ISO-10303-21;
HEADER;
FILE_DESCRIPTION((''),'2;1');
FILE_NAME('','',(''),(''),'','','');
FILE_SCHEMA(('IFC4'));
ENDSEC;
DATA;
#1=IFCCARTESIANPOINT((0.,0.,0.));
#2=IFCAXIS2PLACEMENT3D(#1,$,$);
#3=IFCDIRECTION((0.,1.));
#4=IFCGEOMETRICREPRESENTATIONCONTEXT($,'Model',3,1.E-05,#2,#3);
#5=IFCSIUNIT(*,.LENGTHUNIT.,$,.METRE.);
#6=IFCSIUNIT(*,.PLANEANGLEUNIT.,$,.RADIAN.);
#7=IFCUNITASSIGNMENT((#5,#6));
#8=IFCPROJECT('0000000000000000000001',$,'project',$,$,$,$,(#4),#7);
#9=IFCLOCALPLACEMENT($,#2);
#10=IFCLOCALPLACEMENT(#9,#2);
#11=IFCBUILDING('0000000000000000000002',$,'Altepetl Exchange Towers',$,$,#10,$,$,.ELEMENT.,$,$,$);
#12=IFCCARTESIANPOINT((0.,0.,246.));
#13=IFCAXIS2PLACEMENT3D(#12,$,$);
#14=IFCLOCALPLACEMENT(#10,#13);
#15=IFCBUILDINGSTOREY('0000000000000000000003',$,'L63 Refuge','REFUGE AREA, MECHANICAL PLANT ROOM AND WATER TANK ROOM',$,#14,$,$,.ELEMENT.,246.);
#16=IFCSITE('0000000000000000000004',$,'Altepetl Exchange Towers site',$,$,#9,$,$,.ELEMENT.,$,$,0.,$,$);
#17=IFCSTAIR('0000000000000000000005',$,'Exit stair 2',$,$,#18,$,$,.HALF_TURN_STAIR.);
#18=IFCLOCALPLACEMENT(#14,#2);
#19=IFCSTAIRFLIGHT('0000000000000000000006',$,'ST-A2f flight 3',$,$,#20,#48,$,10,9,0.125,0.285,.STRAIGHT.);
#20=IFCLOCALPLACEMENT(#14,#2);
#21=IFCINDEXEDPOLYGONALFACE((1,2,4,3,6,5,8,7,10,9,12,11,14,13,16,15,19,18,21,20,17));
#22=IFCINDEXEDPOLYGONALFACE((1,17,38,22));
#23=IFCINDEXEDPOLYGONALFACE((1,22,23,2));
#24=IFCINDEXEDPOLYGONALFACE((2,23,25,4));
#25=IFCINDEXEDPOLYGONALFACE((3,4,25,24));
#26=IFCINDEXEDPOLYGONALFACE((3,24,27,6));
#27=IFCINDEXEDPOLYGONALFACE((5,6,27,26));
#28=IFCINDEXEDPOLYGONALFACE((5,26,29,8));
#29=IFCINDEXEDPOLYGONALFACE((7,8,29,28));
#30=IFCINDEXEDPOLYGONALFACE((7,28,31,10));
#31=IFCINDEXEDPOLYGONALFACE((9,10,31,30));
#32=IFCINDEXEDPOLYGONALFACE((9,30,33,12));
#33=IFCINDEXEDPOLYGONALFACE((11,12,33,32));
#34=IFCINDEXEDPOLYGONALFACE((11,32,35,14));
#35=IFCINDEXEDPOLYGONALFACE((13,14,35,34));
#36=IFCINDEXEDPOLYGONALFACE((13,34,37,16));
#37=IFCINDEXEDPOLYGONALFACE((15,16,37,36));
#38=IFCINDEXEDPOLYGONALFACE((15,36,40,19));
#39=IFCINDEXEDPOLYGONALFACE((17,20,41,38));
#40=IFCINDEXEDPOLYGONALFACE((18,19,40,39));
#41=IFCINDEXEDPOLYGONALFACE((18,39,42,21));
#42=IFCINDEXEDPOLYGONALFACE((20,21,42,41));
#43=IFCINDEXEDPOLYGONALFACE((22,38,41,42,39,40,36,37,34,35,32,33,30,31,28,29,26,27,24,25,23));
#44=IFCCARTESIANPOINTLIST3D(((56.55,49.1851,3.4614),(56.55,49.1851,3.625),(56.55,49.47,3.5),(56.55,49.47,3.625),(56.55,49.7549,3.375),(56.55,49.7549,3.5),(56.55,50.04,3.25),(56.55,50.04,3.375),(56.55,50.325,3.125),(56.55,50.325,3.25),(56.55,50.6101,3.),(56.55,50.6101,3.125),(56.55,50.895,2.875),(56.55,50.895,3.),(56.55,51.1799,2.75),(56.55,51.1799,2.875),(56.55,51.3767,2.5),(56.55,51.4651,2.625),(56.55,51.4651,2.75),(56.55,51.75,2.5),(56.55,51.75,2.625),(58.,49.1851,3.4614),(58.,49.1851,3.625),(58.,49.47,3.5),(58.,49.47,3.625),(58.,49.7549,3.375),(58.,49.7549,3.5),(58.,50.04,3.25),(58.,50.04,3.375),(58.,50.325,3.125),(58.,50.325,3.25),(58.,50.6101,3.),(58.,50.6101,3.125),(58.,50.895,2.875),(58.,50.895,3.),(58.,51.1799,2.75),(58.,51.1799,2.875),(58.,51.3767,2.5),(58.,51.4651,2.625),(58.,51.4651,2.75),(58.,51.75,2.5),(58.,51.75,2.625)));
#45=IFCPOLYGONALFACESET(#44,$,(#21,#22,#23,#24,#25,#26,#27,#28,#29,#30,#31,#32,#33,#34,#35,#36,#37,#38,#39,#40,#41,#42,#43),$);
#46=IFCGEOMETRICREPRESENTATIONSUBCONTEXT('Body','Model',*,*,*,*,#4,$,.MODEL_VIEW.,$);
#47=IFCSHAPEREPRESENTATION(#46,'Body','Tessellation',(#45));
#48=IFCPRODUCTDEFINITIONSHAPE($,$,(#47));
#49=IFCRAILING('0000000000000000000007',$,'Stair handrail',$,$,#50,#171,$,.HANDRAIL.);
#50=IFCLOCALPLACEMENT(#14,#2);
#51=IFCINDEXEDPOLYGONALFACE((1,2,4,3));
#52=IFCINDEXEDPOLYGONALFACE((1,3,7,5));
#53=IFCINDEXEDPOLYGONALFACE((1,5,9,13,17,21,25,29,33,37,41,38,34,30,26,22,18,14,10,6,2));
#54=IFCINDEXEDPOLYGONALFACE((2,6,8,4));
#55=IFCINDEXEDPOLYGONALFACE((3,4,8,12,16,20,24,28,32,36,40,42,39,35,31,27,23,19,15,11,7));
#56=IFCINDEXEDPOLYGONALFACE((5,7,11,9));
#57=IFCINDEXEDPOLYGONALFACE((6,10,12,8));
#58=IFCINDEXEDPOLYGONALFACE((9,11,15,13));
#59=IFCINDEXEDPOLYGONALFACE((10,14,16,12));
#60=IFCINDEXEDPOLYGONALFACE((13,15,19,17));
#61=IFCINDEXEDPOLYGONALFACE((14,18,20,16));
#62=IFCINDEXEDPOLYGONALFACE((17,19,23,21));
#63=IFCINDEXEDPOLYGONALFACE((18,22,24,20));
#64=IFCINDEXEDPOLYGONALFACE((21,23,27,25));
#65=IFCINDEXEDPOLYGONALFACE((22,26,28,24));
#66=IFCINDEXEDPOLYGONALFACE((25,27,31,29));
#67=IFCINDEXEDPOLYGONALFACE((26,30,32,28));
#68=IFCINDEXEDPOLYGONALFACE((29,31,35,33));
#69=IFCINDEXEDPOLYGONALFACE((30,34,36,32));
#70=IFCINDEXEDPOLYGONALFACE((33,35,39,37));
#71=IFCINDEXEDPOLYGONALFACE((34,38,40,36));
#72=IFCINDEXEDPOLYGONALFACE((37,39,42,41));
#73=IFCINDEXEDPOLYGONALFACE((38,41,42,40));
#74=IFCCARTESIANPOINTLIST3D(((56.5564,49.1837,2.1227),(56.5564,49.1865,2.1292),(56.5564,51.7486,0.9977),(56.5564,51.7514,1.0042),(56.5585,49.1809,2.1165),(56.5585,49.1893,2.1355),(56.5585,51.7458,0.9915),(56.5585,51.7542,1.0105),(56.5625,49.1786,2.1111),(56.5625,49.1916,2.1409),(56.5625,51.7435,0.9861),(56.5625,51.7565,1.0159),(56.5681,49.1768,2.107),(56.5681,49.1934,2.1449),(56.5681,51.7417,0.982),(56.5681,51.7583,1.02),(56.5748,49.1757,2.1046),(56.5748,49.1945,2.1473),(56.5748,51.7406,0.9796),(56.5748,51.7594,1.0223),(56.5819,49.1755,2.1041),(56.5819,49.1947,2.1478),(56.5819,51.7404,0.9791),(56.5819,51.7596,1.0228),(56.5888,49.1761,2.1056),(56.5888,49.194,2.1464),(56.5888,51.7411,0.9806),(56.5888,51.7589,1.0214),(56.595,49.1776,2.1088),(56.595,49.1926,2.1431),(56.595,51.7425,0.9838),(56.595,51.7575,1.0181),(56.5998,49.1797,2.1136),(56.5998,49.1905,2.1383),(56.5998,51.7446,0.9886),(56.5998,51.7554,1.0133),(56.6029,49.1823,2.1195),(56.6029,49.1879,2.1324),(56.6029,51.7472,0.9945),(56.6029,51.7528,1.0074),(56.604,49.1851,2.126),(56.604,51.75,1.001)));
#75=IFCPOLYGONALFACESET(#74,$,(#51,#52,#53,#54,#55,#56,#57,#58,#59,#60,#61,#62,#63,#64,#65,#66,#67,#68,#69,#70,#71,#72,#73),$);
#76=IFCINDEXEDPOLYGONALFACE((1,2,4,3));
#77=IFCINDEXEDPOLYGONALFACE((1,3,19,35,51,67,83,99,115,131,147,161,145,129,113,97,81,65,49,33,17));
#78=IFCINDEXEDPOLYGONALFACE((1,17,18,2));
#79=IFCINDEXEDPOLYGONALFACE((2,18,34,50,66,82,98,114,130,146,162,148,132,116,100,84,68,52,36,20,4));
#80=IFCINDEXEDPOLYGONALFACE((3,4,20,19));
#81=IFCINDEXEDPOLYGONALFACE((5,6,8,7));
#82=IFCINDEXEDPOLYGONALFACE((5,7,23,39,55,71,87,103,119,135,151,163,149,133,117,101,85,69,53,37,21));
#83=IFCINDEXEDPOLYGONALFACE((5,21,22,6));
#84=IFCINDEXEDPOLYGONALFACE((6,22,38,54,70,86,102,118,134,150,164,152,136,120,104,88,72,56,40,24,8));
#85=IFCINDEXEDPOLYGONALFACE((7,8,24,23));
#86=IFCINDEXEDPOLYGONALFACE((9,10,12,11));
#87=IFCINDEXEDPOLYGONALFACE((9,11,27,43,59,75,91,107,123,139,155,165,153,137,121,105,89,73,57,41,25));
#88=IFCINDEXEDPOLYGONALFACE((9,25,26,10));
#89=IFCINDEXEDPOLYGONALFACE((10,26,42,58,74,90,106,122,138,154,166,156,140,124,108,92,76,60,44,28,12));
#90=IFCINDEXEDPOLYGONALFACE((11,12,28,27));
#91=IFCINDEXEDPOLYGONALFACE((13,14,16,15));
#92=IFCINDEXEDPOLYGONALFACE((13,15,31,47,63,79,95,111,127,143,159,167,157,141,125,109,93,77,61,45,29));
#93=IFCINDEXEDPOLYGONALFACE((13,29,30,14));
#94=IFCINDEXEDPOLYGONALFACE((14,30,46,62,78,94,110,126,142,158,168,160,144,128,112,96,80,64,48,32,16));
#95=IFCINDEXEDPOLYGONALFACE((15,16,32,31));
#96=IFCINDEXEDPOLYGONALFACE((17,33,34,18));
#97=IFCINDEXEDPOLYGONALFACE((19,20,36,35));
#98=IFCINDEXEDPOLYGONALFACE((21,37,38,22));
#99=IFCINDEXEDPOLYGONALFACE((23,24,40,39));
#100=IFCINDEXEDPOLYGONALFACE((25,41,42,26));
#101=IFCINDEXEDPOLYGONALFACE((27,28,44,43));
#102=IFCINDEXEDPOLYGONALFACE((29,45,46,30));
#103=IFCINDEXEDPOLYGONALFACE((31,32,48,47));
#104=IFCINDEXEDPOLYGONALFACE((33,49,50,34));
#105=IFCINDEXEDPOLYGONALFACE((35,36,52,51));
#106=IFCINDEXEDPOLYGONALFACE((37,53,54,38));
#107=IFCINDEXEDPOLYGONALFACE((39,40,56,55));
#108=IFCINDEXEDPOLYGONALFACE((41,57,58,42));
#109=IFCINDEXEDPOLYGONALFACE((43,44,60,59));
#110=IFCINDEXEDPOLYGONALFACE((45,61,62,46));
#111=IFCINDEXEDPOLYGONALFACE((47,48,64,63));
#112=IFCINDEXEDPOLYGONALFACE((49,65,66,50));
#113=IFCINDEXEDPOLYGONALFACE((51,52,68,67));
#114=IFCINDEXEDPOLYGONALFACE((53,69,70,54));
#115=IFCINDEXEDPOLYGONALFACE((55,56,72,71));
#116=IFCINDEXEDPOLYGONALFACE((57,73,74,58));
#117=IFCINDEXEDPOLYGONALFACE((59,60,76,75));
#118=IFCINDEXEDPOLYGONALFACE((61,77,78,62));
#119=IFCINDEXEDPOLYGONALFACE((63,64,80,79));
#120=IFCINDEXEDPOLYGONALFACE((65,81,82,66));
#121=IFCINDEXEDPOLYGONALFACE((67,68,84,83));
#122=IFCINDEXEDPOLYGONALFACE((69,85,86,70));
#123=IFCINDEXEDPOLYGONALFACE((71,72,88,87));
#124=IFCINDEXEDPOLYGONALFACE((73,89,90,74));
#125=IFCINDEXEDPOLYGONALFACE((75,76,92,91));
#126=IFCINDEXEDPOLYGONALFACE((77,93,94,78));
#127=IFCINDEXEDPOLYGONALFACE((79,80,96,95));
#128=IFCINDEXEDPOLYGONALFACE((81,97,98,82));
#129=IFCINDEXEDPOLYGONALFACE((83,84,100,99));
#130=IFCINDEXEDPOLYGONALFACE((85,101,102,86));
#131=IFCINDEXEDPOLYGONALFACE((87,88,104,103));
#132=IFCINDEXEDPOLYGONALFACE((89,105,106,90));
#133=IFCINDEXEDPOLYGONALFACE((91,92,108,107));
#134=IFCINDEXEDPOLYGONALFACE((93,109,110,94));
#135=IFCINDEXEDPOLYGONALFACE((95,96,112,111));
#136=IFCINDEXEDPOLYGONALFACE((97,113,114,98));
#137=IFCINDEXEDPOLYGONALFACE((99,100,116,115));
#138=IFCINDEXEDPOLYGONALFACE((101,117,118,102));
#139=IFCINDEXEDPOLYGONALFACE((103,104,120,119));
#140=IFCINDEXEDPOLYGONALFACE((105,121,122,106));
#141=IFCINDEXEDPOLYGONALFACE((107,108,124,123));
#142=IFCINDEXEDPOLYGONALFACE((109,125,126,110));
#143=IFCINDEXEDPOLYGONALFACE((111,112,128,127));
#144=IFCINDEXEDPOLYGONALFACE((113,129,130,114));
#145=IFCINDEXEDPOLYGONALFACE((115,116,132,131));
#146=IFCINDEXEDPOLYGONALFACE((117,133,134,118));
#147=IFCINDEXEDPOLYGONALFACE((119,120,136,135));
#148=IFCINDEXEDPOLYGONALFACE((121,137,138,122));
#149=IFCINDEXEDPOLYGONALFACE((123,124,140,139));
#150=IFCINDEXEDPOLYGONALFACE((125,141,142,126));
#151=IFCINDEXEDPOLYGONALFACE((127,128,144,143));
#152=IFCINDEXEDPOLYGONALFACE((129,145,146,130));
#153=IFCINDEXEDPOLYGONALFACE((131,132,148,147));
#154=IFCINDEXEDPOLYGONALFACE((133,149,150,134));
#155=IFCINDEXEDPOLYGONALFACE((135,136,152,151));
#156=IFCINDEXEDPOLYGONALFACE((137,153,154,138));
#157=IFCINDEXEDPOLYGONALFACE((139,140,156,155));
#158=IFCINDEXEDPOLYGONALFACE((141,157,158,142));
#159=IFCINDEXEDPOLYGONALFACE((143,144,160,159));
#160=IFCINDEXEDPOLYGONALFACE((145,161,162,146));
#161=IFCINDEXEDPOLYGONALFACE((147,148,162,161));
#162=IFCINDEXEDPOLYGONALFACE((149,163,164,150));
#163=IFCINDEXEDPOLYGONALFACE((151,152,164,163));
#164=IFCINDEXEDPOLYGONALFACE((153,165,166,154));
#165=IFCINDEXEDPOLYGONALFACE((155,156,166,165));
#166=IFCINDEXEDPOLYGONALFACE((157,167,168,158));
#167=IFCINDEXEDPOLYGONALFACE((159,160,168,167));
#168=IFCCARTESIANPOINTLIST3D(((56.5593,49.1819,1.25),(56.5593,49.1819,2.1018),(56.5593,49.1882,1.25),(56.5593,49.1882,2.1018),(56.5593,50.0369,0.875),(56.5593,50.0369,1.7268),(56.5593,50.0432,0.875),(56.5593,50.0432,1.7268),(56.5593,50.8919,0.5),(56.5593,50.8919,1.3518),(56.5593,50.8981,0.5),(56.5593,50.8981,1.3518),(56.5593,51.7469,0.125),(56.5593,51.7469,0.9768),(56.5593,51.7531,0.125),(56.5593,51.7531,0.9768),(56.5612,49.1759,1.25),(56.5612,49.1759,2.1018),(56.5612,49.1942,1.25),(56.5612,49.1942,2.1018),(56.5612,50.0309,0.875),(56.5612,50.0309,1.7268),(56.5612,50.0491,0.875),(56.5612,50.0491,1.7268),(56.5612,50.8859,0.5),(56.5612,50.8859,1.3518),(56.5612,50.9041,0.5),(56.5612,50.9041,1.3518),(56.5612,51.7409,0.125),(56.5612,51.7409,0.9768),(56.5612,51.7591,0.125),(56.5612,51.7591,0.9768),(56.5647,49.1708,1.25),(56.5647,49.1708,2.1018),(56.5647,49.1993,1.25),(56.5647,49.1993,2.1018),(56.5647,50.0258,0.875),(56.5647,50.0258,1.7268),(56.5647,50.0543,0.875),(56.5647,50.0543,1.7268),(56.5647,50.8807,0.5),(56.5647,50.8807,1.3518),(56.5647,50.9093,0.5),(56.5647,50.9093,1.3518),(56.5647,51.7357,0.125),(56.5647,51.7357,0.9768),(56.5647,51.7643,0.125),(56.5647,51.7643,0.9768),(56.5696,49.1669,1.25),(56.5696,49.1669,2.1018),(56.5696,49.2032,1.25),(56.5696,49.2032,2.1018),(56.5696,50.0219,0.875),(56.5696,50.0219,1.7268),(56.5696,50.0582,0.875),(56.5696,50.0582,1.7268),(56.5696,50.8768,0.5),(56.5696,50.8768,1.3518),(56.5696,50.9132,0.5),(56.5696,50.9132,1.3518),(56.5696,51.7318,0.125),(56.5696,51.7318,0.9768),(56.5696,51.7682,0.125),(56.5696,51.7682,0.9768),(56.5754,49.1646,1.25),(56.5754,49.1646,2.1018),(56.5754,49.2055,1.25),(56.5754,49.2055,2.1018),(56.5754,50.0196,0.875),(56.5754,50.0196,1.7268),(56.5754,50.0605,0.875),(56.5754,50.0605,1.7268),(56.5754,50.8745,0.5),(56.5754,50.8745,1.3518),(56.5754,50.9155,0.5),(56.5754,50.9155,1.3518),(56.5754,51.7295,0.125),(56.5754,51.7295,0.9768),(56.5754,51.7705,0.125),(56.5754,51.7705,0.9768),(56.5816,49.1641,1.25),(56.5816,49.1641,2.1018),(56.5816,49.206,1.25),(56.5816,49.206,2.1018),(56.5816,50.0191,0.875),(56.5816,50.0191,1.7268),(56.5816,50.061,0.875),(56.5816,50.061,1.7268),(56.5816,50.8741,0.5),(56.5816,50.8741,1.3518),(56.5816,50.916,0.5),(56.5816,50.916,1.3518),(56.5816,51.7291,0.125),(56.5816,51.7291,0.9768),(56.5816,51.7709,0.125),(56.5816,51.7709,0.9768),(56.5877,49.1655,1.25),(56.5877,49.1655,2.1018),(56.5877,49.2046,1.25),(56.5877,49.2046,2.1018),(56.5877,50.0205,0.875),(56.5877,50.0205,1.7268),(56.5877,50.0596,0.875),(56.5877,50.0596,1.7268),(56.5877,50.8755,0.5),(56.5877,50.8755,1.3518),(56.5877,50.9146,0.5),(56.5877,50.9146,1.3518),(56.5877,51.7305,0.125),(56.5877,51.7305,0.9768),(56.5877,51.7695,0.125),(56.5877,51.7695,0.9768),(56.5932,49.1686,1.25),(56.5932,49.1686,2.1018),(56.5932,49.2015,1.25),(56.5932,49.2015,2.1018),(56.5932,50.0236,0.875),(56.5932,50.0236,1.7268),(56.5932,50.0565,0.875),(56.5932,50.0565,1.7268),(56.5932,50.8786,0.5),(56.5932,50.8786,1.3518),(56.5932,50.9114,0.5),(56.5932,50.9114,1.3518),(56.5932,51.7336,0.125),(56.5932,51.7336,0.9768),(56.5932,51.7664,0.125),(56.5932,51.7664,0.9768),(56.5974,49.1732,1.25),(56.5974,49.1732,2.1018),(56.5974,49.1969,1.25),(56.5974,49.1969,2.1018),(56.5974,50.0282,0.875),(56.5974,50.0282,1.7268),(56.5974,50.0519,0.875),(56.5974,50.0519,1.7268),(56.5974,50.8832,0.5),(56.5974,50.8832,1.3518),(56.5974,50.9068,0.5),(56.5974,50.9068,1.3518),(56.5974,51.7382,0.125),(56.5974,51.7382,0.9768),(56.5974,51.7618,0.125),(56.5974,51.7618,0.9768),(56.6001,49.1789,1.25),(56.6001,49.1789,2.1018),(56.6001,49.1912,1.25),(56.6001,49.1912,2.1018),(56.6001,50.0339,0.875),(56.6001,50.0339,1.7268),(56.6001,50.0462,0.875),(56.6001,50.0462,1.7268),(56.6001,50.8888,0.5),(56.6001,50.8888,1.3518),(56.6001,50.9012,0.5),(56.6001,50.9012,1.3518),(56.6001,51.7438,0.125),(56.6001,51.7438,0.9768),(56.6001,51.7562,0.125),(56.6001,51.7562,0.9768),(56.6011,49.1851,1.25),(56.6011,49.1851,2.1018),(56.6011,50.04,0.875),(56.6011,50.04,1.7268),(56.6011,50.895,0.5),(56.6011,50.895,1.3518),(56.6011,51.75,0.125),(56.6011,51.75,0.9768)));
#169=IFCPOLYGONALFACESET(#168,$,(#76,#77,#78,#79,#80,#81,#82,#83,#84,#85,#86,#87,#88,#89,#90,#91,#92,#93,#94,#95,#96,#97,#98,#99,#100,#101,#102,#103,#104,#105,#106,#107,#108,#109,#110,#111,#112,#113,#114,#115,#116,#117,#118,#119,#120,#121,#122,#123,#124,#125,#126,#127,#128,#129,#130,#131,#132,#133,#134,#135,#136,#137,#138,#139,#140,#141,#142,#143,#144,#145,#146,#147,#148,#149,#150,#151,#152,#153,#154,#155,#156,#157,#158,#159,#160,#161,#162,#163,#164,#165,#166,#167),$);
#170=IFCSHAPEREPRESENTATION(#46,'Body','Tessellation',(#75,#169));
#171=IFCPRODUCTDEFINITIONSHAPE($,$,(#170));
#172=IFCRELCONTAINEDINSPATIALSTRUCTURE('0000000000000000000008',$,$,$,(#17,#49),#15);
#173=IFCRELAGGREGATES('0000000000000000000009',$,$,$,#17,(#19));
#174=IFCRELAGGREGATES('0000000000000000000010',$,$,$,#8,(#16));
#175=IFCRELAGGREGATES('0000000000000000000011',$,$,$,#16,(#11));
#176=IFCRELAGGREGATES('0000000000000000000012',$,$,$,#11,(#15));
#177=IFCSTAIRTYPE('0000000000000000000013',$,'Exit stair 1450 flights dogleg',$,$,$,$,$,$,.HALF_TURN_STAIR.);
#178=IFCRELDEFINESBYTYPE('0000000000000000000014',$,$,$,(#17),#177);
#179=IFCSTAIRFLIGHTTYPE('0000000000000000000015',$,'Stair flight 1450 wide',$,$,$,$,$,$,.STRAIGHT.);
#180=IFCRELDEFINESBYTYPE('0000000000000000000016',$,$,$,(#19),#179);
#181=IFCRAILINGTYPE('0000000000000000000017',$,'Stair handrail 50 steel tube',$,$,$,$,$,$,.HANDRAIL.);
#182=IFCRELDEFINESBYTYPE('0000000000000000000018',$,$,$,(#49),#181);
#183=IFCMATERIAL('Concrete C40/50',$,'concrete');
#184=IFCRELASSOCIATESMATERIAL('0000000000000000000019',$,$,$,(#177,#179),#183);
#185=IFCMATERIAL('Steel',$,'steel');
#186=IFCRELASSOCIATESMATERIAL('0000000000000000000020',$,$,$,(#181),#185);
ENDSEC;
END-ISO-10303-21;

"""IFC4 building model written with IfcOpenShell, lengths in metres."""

from ifc_helpers import new_model, si_unit, direction, frame, origin, origin_2d, place, context, subcontext, project, spatial, polyline, circle, outline, extrude, source, transform, mapped, material, type_object, element, aggregate, save


model = new_model("IFC4")

# Units and contexts
model_context = context("Model", 3, precision=1e-05, world=origin(), true_north=direction((0.0, 1.0)))
body_context = subcontext(model_context, "Body", "Model", "MODEL_VIEW")
ifc_project = project(units=[si_unit("LENGTHUNIT", "METRE"), si_unit("PLANEANGLEUNIT", "RADIAN")], contexts=[model_context])

# Site, building, storey
site_placement = place(None, origin())
site = spatial("IfcSite", under=ifc_project, at=site_placement, Name="Altepetl Exchange Towers site", CompositionType="ELEMENT", RefElevation=0.0)
building_placement = place(site_placement, origin())
building = spatial("IfcBuilding", under=site, at=building_placement, Name="Altepetl Exchange Towers", CompositionType="ELEMENT")
storey_placement = place(building_placement, frame((0.0, 0.0, 246.0)))
storey = spatial("IfcBuildingStorey", under=building, at=storey_placement, Name="L63 Refuge", Description="REFUGE AREA, MECHANICAL PLANT ROOM AND WATER TANK ROOM", CompositionType="ELEMENT", Elevation=246.0)

# Shared definitions
ifc_material_1 = material(Name="Concrete C40/50", Category="concrete")

# Stair, stair flight
stair_type = type_object("IfcStairType", Name="Exit stair 1450 flights dogleg", PredefinedType="HALF_TURN_STAIR", material=ifc_material_1)
stair_placement = place(storey_placement, origin())
stair = element("IfcStair", 1, at=stair_placement, inside=storey, type_object=stair_type, Name="Exit stair 2", PredefinedType="HALF_TURN_STAIR")
stair_flight_type = type_object("IfcStairFlightType", Name="Stair flight 1450 wide", PredefinedType="STRAIGHT", material=ifc_material_1)
stair_flight_1_placement = place(storey_placement, frame((57.2749, 51.75, 2.5), z_axis=(0.0, 0.0, 1.0), x_axis=(0.0, -1.0, 0.0)))
stair_flight_1 = element("IfcStairFlight", 2, at=stair_flight_1_placement, type_object=stair_flight_type, Name="ST-A2f flight 3", NumberOfRisers=10, NumberOfTreads=9, PredefinedType="STRAIGHT", RiserHeight=0.125, TreadLength=0.285, context=body_context, shape_type="SweptSolid", body=[
    extrude(outline(polyline([(0.0, 0.0), (0.0, 0.125), (0.2849, 0.125), (0.2849, 0.25), (0.5701, 0.25), (0.5701, 0.375), (0.855, 0.375), (0.855, 0.5), (1.1399, 0.5), (1.1399, 0.625), (1.425, 0.625), (1.425, 0.75), (1.71, 0.75), (1.71, 0.875), (1.9951, 0.875), (1.9951, 1.0), (2.28, 1.0), (2.28, 1.125), (2.5649, 1.125), (2.5649, 1.25), (2.5649, 0.9614), (0.3733, 0.0), (0.0, 0.0)])), frame((0.0, 0.7251, 0.0), z_axis=(0.0, -1.0, 0.0), x_axis=(1.0, 0.0, 0.0)), (0.0, 0.0, 1.0), 1.45),
])
aggregate(stair, [stair_flight_1])

# Railing
ifc_material_2 = material(Name="Steel", Category="steel")
railing_type = type_object("IfcRailingType", Name="Stair handrail 50 steel tube", PredefinedType="HANDRAIL", material=ifc_material_2)
shared_shape = source(origin(), body_context, "Body", "SweptSolid", [
    extrude(circle(Radius=0.021, at=origin_2d()), origin(), (0.0, 0.0, 1.0), 0.8518),
])
for number, where, name in (
    (3, (56.5801, 51.75, 0.125), "Stair handrail"),
):
    element("IfcRailing", number, at=place(storey_placement, frame(where)), inside=storey, type_object=railing_type, Name=name, PredefinedType="HANDRAIL", context=body_context, shape_type="SweptSolid", body=[
        extrude(circle(Radius=0.0239, at=origin_2d()), frame((0.0, 0.0, 0.876), z_axis=(0.0, -0.915785, 0.401669), x_axis=(1.0, 0.0, 0.0)), (0.0, 0.0, 1.0), 2.8008),
        mapped(shared_shape, transform((0.0, 0.0, 0.0))),
        mapped(shared_shape, transform((0.0, -0.855, 0.375))),
        mapped(shared_shape, transform((0.0, -1.71, 0.75))),
        mapped(shared_shape, transform((0.0, -2.5649, 1.125))),
    ])

save(model, "model.ifc")
